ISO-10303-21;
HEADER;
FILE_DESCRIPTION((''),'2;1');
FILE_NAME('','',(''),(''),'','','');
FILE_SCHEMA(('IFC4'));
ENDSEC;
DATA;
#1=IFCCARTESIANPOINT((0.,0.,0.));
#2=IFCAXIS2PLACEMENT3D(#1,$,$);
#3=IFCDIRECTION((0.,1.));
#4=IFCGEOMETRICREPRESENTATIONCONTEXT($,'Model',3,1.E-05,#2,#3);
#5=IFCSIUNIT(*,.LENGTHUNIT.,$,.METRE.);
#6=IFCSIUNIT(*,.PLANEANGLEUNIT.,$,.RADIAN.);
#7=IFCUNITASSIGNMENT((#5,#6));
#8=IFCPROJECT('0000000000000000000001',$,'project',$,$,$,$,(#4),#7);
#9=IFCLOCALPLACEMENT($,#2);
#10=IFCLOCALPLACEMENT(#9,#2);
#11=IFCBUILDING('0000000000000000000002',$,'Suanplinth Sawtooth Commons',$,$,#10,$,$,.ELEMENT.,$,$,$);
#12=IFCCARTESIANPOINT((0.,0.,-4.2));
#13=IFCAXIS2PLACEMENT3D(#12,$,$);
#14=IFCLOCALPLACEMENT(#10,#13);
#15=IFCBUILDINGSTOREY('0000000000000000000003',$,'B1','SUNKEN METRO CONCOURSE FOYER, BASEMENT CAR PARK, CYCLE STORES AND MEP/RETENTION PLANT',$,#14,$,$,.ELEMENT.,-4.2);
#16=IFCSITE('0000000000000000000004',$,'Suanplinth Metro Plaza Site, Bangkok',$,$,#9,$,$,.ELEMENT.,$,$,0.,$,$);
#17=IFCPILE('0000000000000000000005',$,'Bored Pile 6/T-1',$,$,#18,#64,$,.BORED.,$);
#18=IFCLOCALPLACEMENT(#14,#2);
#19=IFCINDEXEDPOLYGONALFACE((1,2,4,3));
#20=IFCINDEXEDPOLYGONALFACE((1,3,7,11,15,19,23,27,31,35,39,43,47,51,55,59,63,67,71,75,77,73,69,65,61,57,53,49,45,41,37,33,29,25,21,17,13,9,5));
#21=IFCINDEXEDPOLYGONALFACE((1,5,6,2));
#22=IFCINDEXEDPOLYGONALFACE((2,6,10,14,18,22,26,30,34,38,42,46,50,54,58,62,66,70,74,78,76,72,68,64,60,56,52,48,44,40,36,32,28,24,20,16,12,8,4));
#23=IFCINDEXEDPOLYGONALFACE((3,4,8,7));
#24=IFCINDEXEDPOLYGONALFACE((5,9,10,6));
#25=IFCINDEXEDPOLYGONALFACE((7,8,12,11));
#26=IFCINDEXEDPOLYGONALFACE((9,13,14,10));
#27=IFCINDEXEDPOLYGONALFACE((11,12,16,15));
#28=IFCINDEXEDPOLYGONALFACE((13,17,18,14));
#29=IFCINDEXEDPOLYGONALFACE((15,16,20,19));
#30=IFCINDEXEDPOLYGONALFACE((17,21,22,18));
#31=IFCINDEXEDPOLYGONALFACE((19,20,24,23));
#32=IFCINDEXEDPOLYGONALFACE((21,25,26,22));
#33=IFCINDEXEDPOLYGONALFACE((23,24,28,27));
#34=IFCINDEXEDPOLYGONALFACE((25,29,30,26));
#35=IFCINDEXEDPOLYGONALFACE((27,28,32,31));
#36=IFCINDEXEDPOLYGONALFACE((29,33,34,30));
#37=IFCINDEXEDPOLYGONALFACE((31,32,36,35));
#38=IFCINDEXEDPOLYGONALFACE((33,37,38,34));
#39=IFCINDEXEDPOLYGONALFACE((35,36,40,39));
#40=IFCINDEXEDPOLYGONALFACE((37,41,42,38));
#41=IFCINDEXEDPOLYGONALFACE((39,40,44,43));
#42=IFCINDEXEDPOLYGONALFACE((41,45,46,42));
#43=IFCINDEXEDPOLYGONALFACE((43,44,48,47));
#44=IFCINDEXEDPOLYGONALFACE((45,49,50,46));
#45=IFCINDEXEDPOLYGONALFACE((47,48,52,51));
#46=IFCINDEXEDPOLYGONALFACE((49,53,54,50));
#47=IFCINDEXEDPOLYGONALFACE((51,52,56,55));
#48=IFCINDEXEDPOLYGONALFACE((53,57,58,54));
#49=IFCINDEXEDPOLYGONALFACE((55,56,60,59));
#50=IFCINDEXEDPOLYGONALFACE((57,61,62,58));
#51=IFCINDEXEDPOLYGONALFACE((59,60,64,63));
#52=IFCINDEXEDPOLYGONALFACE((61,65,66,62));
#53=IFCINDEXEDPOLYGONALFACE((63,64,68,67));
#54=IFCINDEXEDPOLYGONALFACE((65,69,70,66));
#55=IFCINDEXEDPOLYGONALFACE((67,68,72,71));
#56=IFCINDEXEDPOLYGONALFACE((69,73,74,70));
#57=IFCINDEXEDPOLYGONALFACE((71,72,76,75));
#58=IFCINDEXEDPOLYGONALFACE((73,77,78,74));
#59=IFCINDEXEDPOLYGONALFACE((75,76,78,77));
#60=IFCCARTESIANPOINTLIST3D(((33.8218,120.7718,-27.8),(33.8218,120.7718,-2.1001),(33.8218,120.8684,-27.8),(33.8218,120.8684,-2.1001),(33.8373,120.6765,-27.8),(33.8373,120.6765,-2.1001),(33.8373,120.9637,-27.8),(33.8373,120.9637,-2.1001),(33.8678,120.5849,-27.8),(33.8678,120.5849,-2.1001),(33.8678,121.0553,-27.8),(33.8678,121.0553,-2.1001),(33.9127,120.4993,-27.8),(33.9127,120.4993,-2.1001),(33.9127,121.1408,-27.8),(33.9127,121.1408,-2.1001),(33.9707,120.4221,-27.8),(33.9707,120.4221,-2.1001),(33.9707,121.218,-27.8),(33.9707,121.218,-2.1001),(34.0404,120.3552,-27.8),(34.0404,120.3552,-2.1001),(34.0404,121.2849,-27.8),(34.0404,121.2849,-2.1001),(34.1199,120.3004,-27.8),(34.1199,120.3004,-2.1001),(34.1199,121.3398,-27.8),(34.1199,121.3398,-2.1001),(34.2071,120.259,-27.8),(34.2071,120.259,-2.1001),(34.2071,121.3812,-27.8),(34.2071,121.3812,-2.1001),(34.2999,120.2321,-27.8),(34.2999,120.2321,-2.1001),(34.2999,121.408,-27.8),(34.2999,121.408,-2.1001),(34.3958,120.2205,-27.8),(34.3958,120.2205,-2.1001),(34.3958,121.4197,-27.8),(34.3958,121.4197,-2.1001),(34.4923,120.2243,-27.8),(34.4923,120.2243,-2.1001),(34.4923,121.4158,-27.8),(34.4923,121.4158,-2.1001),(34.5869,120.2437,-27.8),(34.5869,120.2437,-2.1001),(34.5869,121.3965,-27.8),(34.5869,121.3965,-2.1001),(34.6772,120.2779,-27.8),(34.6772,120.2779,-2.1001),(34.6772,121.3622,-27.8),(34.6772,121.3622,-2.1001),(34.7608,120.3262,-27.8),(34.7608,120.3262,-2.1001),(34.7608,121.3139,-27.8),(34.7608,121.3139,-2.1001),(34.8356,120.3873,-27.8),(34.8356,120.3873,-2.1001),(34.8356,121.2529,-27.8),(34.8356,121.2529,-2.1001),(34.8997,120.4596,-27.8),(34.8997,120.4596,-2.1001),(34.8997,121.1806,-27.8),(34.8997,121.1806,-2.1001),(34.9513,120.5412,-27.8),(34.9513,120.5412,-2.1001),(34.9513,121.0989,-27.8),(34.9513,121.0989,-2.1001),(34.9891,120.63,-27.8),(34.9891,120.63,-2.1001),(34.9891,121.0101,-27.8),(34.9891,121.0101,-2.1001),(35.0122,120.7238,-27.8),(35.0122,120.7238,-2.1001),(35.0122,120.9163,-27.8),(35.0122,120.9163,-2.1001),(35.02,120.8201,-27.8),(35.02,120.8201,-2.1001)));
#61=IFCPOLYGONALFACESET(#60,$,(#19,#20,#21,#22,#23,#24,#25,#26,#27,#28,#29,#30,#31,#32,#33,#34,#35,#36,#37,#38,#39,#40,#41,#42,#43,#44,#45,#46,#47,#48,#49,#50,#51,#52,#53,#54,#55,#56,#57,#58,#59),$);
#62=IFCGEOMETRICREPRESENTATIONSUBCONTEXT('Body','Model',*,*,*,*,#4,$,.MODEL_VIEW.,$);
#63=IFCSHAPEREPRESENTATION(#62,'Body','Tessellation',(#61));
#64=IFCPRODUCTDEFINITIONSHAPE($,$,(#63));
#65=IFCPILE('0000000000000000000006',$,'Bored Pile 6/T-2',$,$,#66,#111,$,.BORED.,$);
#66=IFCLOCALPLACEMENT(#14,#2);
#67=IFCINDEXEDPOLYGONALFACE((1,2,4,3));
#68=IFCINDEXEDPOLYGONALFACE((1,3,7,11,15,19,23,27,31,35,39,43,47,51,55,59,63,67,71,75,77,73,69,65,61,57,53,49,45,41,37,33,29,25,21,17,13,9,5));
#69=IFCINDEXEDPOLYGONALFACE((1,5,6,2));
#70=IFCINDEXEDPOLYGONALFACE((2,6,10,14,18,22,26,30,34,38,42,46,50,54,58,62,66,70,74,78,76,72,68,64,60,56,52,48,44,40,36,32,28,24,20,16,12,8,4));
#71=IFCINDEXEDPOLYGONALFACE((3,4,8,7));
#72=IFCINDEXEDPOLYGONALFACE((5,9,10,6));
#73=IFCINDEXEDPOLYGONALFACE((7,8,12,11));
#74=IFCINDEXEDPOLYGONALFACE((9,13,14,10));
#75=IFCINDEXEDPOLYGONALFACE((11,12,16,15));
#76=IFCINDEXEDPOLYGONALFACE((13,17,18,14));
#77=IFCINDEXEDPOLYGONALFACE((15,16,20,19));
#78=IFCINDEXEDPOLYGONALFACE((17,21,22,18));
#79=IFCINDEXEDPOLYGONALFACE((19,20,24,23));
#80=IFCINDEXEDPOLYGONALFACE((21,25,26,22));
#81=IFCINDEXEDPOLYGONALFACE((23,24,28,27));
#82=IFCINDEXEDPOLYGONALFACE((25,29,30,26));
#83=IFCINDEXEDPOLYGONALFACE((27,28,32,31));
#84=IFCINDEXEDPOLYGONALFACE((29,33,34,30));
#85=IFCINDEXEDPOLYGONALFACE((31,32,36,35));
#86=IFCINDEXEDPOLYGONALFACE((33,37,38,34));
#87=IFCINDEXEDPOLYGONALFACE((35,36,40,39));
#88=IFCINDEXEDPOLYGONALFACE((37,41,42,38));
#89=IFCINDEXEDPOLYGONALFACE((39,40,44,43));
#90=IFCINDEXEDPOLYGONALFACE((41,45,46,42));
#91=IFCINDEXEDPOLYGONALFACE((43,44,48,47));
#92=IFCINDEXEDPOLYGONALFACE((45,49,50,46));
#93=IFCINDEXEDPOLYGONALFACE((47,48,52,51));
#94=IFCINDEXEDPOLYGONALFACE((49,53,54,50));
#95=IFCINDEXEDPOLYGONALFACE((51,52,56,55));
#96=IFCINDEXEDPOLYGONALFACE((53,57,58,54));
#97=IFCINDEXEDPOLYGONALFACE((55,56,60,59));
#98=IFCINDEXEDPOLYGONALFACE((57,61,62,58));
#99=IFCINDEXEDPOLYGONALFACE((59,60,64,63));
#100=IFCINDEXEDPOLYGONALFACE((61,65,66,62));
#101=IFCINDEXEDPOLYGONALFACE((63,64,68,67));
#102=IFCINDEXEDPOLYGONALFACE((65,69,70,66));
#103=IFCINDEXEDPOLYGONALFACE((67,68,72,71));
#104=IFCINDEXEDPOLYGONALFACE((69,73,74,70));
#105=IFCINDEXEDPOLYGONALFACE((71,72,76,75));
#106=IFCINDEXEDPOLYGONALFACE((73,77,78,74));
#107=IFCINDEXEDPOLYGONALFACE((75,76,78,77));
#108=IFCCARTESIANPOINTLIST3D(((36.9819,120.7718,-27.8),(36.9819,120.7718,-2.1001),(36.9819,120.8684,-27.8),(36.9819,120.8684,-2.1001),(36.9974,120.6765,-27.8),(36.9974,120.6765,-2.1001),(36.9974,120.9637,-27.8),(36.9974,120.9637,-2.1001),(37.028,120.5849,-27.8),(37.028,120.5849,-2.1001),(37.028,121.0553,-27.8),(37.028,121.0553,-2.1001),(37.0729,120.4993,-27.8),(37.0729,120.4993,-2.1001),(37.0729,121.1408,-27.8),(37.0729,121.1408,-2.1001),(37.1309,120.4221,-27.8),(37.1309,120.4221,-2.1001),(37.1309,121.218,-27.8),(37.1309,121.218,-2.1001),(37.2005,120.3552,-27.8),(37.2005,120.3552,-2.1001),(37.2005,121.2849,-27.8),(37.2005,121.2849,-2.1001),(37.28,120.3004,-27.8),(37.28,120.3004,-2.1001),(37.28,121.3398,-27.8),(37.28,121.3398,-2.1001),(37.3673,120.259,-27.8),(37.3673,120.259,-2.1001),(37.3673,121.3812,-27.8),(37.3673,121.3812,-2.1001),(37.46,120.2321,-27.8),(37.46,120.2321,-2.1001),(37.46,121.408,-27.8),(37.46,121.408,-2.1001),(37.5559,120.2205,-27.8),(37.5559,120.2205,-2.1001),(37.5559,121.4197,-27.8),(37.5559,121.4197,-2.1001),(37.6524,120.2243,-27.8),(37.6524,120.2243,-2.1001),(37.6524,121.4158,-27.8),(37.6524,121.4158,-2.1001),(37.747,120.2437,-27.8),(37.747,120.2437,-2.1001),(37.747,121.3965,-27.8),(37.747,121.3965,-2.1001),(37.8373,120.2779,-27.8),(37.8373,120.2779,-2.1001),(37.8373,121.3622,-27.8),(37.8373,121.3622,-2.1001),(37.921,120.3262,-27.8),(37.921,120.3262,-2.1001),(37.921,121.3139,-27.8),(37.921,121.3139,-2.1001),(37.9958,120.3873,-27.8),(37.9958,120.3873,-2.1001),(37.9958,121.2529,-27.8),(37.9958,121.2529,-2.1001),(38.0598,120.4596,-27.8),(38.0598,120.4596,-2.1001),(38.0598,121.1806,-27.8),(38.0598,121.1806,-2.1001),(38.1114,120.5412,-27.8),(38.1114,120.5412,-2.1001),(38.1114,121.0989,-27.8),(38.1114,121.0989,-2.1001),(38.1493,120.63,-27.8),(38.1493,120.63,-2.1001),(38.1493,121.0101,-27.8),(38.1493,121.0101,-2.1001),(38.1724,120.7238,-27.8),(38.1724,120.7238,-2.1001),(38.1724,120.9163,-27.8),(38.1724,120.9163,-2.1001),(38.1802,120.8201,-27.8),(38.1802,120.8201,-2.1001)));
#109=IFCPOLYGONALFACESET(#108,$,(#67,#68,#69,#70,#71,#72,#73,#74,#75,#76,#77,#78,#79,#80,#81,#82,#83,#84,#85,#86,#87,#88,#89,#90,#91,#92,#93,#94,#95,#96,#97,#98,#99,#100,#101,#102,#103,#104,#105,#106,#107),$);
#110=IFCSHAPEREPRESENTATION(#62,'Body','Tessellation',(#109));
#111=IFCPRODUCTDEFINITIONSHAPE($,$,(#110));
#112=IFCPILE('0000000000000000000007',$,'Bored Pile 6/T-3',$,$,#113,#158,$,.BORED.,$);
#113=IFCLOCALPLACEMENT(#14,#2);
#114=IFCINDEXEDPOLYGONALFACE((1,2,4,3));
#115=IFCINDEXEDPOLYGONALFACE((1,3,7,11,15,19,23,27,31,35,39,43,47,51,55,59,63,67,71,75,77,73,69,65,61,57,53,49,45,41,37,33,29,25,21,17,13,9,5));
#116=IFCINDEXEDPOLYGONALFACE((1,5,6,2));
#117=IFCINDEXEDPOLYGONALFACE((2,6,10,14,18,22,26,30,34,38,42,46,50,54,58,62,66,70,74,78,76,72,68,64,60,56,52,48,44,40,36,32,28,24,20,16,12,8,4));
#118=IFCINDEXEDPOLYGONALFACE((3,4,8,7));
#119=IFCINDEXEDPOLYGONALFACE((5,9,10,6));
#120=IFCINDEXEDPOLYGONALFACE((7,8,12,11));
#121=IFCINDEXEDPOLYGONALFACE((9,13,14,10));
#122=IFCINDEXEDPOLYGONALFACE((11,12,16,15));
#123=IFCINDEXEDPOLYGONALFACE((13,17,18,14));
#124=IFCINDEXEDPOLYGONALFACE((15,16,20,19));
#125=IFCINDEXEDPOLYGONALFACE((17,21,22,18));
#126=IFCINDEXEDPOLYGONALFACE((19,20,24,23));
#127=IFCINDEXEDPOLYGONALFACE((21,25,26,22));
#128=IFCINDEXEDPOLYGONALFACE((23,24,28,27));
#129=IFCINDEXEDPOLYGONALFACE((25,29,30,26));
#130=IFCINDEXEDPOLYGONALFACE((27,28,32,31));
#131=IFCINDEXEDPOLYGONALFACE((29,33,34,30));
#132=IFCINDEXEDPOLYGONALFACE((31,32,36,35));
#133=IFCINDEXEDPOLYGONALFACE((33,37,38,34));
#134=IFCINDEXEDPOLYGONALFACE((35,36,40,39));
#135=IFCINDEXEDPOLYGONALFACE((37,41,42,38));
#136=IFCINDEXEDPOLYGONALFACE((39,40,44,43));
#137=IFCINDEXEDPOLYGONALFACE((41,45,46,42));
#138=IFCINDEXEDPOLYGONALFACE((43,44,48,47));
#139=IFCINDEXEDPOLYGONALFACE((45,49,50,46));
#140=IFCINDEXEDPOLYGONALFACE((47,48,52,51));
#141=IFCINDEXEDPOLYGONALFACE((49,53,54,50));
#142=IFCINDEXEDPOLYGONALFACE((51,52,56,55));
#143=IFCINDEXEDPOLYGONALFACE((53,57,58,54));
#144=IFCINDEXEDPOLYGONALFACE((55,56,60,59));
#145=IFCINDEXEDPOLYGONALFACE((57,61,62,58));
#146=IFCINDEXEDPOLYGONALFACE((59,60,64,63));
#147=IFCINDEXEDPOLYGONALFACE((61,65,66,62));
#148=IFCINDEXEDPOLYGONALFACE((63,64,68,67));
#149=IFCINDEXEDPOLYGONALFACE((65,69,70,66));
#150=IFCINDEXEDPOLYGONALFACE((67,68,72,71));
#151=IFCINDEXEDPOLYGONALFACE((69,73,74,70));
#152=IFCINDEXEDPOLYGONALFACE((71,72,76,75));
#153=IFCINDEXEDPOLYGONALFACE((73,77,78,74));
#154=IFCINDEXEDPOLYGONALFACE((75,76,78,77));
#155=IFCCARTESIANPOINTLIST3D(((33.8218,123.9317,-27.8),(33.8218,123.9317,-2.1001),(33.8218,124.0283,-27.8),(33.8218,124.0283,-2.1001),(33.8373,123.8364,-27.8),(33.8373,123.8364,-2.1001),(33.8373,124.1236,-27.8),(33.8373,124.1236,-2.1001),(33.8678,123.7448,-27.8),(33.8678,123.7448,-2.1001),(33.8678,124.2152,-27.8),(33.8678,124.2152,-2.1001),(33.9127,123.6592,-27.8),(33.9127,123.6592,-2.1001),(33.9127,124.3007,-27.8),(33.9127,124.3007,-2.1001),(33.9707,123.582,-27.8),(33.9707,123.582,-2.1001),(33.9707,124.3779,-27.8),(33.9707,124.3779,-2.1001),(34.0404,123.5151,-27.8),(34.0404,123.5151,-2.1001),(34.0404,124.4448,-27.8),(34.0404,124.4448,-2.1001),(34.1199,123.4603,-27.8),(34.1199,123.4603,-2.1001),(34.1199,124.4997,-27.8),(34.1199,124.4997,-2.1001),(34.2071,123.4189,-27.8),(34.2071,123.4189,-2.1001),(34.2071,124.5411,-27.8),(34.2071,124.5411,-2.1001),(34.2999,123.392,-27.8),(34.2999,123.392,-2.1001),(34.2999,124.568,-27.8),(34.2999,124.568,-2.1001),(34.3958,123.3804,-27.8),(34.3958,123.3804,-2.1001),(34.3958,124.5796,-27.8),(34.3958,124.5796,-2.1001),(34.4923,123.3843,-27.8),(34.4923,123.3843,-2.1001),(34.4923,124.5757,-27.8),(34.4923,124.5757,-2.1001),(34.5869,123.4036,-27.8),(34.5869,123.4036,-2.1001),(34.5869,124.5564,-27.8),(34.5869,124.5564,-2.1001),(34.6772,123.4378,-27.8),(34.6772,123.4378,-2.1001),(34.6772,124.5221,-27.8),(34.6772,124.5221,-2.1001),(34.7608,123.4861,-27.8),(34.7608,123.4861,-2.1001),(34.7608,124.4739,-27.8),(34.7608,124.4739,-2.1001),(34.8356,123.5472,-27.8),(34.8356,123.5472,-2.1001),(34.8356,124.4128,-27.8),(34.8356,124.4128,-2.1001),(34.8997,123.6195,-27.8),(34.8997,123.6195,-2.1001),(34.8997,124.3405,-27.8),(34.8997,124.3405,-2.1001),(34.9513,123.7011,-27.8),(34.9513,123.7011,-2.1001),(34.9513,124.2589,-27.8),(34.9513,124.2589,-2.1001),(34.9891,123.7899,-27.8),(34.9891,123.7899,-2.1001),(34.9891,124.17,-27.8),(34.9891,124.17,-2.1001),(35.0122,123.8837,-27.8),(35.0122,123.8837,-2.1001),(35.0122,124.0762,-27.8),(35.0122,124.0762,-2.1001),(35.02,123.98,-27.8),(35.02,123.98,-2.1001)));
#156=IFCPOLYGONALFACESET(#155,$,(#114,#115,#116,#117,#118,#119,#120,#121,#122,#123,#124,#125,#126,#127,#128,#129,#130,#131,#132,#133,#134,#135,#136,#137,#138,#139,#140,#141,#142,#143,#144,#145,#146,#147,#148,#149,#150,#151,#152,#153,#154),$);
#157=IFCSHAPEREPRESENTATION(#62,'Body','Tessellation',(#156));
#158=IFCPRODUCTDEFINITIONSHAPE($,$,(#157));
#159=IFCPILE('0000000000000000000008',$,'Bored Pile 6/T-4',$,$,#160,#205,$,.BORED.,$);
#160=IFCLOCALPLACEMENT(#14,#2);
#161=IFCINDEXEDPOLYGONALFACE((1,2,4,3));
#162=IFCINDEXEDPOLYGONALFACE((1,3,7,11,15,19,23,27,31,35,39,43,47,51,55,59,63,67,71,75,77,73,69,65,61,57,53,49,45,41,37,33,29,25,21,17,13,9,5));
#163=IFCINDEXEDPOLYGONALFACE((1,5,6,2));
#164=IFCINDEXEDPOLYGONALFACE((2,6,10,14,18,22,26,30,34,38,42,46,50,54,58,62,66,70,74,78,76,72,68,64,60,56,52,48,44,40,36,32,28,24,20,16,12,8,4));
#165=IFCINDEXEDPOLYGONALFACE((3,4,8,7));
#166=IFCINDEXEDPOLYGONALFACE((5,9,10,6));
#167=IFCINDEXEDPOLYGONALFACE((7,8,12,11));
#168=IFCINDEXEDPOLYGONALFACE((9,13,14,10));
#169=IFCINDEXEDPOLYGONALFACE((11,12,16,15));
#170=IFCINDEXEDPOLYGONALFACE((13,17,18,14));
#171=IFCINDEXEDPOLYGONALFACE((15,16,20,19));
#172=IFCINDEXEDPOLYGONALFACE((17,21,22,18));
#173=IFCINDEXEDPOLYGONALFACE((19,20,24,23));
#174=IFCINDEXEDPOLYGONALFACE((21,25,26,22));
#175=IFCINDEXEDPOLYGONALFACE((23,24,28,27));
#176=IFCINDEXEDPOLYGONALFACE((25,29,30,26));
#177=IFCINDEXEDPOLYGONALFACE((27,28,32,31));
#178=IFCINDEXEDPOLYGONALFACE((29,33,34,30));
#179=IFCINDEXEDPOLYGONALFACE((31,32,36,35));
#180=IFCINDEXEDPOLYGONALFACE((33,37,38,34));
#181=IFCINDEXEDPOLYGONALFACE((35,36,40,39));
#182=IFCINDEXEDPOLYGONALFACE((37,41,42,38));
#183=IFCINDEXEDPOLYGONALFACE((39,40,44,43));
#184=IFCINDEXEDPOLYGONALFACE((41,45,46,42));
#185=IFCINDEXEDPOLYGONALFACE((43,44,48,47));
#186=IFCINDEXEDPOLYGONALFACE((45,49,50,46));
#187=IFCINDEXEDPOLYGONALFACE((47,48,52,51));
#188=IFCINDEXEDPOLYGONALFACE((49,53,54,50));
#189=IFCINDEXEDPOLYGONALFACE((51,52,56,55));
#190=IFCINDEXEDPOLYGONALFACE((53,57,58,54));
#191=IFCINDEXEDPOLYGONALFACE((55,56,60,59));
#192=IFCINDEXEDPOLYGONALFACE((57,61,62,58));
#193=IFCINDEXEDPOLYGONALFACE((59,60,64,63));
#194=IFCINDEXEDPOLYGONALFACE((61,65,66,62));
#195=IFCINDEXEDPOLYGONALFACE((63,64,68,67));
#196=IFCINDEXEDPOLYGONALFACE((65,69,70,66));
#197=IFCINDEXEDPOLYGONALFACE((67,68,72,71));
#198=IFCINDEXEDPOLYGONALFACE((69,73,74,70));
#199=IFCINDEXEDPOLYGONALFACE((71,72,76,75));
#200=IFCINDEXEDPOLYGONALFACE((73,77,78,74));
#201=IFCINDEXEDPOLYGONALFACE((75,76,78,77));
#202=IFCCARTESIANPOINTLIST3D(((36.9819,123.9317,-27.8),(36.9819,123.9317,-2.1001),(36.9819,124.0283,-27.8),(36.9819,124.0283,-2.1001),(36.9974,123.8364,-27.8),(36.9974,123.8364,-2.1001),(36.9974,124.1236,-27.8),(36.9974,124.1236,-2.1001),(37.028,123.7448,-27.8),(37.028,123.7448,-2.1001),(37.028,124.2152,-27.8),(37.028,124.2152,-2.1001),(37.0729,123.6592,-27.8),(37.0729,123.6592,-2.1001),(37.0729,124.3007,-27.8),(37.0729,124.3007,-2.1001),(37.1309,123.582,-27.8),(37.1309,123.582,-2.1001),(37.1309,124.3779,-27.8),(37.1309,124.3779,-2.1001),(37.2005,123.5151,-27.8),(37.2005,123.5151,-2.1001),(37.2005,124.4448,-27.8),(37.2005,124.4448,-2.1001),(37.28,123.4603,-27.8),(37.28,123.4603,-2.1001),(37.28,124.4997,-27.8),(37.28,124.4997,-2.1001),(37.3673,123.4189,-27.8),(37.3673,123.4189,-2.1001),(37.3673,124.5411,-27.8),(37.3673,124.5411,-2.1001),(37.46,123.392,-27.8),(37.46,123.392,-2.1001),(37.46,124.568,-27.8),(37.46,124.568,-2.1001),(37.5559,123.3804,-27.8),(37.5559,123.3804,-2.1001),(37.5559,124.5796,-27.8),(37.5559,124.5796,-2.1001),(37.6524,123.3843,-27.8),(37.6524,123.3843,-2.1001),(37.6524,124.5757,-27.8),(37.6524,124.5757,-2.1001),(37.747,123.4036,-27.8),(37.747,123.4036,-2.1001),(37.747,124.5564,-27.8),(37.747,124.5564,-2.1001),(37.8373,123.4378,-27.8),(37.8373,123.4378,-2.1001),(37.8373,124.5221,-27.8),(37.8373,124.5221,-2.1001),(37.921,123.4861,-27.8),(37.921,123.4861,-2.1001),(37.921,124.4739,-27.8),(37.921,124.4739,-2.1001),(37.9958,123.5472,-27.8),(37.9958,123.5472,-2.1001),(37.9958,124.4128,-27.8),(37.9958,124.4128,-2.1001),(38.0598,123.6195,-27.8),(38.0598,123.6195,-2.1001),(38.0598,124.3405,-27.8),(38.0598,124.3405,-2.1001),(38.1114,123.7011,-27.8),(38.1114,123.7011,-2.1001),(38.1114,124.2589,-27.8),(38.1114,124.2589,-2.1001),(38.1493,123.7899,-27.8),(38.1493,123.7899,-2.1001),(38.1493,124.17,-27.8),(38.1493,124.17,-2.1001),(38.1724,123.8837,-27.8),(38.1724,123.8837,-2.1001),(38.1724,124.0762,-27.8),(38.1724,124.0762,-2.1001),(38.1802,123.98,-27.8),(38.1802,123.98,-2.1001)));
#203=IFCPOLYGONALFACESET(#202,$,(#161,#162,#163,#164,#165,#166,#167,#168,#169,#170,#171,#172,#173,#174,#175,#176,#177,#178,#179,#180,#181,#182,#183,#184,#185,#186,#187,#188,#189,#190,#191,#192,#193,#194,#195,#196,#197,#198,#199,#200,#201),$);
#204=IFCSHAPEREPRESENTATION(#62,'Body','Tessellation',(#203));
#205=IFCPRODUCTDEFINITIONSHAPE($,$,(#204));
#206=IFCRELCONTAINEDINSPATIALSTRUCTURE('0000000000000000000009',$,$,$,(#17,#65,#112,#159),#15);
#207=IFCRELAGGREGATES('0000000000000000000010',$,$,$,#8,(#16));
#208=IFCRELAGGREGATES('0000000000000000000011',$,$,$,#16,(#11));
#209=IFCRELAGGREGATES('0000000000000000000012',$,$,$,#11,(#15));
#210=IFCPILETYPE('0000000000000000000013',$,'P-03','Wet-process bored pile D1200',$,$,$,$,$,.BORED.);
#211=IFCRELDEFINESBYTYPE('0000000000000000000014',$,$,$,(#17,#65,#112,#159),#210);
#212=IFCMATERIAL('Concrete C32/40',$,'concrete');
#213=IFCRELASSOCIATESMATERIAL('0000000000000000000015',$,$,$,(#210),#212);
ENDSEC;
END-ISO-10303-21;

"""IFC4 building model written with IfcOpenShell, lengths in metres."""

from ifc_helpers import new_model, si_unit, direction, frame, origin, origin_2d, place, context, subcontext, project, spatial, circle, extrude, material, material_profile, profile_set, type_object, element, save


model = new_model("IFC4")

# Units and contexts
model_context = context("Model", 3, precision=1e-05, world=origin(), true_north=direction((0.0, 1.0)))
body_context = subcontext(model_context, "Body", "Model", "MODEL_VIEW")
ifc_project = project(units=[si_unit("LENGTHUNIT", "METRE"), si_unit("PLANEANGLEUNIT", "RADIAN")], contexts=[model_context])

# Site, building, storey
site_placement = place(None, origin())
site = spatial("IfcSite", under=ifc_project, at=site_placement, Name="Suanplinth Metro Plaza Site, Bangkok", CompositionType="ELEMENT", RefElevation=0.0)
building_placement = place(site_placement, origin())
building = spatial("IfcBuilding", under=site, at=building_placement, Name="Suanplinth Sawtooth Commons", CompositionType="ELEMENT")
storey_placement = place(building_placement, frame((0.0, 0.0, -4.2)))
storey = spatial("IfcBuildingStorey", under=building, at=storey_placement, Name="B1", Description="SUNKEN METRO CONCOURSE FOYER, BASEMENT CAR PARK, CYCLE STORES AND MEP/RETENTION PLANT", CompositionType="ELEMENT", Elevation=-4.2)

# Piles
ifc_material_1 = material(Name="Concrete C32/40", Category="concrete")
ifc_material_profile_1 = material_profile(ifc_material_1, circle(Radius=0.6001, at=origin_2d()), Name="PILE D1200")
ifc_profile_set_1 = profile_set([ifc_material_profile_1], Name="Concrete C32/40")
pile_type = type_object("IfcPileType", Name="P-03", Description="Wet-process bored pile D1200", PredefinedType="BORED", material=ifc_profile_set_1)
for number, where, z_axis, x_axis, name in (
    (1, (34.4199, 120.8201, -2.1001), (0.0, 0.0, -1.0), (1.0, 0.0, 0.0), "Bored Pile 6/T-1"),
    (2, (37.5801, 120.8201, -2.1001), (0.0, 0.0, -1.0), (1.0, 0.0, 0.0), "Bored Pile 6/T-2"),
    (3, (34.4199, 123.98, -2.1001), (0.0, 0.0, -1.0), (1.0, 0.0, 0.0), "Bored Pile 6/T-3"),
    (4, (37.5801, 123.98, -2.1001), (0.0, 0.0, -1.0), (1.0, 0.0, 0.0), "Bored Pile 6/T-4"),
):
    element("IfcPile", number, at=place(storey_placement, frame(where, z_axis=z_axis, x_axis=x_axis)), inside=storey, type_object=pile_type, Name=name, PredefinedType="BORED", context=body_context, shape_type="SweptSolid", body=[
        extrude(circle(Radius=0.6001, at=origin_2d()), origin(), (0.0, 0.0, 1.0), 25.7),
    ])

save(model, "model.ifc")
